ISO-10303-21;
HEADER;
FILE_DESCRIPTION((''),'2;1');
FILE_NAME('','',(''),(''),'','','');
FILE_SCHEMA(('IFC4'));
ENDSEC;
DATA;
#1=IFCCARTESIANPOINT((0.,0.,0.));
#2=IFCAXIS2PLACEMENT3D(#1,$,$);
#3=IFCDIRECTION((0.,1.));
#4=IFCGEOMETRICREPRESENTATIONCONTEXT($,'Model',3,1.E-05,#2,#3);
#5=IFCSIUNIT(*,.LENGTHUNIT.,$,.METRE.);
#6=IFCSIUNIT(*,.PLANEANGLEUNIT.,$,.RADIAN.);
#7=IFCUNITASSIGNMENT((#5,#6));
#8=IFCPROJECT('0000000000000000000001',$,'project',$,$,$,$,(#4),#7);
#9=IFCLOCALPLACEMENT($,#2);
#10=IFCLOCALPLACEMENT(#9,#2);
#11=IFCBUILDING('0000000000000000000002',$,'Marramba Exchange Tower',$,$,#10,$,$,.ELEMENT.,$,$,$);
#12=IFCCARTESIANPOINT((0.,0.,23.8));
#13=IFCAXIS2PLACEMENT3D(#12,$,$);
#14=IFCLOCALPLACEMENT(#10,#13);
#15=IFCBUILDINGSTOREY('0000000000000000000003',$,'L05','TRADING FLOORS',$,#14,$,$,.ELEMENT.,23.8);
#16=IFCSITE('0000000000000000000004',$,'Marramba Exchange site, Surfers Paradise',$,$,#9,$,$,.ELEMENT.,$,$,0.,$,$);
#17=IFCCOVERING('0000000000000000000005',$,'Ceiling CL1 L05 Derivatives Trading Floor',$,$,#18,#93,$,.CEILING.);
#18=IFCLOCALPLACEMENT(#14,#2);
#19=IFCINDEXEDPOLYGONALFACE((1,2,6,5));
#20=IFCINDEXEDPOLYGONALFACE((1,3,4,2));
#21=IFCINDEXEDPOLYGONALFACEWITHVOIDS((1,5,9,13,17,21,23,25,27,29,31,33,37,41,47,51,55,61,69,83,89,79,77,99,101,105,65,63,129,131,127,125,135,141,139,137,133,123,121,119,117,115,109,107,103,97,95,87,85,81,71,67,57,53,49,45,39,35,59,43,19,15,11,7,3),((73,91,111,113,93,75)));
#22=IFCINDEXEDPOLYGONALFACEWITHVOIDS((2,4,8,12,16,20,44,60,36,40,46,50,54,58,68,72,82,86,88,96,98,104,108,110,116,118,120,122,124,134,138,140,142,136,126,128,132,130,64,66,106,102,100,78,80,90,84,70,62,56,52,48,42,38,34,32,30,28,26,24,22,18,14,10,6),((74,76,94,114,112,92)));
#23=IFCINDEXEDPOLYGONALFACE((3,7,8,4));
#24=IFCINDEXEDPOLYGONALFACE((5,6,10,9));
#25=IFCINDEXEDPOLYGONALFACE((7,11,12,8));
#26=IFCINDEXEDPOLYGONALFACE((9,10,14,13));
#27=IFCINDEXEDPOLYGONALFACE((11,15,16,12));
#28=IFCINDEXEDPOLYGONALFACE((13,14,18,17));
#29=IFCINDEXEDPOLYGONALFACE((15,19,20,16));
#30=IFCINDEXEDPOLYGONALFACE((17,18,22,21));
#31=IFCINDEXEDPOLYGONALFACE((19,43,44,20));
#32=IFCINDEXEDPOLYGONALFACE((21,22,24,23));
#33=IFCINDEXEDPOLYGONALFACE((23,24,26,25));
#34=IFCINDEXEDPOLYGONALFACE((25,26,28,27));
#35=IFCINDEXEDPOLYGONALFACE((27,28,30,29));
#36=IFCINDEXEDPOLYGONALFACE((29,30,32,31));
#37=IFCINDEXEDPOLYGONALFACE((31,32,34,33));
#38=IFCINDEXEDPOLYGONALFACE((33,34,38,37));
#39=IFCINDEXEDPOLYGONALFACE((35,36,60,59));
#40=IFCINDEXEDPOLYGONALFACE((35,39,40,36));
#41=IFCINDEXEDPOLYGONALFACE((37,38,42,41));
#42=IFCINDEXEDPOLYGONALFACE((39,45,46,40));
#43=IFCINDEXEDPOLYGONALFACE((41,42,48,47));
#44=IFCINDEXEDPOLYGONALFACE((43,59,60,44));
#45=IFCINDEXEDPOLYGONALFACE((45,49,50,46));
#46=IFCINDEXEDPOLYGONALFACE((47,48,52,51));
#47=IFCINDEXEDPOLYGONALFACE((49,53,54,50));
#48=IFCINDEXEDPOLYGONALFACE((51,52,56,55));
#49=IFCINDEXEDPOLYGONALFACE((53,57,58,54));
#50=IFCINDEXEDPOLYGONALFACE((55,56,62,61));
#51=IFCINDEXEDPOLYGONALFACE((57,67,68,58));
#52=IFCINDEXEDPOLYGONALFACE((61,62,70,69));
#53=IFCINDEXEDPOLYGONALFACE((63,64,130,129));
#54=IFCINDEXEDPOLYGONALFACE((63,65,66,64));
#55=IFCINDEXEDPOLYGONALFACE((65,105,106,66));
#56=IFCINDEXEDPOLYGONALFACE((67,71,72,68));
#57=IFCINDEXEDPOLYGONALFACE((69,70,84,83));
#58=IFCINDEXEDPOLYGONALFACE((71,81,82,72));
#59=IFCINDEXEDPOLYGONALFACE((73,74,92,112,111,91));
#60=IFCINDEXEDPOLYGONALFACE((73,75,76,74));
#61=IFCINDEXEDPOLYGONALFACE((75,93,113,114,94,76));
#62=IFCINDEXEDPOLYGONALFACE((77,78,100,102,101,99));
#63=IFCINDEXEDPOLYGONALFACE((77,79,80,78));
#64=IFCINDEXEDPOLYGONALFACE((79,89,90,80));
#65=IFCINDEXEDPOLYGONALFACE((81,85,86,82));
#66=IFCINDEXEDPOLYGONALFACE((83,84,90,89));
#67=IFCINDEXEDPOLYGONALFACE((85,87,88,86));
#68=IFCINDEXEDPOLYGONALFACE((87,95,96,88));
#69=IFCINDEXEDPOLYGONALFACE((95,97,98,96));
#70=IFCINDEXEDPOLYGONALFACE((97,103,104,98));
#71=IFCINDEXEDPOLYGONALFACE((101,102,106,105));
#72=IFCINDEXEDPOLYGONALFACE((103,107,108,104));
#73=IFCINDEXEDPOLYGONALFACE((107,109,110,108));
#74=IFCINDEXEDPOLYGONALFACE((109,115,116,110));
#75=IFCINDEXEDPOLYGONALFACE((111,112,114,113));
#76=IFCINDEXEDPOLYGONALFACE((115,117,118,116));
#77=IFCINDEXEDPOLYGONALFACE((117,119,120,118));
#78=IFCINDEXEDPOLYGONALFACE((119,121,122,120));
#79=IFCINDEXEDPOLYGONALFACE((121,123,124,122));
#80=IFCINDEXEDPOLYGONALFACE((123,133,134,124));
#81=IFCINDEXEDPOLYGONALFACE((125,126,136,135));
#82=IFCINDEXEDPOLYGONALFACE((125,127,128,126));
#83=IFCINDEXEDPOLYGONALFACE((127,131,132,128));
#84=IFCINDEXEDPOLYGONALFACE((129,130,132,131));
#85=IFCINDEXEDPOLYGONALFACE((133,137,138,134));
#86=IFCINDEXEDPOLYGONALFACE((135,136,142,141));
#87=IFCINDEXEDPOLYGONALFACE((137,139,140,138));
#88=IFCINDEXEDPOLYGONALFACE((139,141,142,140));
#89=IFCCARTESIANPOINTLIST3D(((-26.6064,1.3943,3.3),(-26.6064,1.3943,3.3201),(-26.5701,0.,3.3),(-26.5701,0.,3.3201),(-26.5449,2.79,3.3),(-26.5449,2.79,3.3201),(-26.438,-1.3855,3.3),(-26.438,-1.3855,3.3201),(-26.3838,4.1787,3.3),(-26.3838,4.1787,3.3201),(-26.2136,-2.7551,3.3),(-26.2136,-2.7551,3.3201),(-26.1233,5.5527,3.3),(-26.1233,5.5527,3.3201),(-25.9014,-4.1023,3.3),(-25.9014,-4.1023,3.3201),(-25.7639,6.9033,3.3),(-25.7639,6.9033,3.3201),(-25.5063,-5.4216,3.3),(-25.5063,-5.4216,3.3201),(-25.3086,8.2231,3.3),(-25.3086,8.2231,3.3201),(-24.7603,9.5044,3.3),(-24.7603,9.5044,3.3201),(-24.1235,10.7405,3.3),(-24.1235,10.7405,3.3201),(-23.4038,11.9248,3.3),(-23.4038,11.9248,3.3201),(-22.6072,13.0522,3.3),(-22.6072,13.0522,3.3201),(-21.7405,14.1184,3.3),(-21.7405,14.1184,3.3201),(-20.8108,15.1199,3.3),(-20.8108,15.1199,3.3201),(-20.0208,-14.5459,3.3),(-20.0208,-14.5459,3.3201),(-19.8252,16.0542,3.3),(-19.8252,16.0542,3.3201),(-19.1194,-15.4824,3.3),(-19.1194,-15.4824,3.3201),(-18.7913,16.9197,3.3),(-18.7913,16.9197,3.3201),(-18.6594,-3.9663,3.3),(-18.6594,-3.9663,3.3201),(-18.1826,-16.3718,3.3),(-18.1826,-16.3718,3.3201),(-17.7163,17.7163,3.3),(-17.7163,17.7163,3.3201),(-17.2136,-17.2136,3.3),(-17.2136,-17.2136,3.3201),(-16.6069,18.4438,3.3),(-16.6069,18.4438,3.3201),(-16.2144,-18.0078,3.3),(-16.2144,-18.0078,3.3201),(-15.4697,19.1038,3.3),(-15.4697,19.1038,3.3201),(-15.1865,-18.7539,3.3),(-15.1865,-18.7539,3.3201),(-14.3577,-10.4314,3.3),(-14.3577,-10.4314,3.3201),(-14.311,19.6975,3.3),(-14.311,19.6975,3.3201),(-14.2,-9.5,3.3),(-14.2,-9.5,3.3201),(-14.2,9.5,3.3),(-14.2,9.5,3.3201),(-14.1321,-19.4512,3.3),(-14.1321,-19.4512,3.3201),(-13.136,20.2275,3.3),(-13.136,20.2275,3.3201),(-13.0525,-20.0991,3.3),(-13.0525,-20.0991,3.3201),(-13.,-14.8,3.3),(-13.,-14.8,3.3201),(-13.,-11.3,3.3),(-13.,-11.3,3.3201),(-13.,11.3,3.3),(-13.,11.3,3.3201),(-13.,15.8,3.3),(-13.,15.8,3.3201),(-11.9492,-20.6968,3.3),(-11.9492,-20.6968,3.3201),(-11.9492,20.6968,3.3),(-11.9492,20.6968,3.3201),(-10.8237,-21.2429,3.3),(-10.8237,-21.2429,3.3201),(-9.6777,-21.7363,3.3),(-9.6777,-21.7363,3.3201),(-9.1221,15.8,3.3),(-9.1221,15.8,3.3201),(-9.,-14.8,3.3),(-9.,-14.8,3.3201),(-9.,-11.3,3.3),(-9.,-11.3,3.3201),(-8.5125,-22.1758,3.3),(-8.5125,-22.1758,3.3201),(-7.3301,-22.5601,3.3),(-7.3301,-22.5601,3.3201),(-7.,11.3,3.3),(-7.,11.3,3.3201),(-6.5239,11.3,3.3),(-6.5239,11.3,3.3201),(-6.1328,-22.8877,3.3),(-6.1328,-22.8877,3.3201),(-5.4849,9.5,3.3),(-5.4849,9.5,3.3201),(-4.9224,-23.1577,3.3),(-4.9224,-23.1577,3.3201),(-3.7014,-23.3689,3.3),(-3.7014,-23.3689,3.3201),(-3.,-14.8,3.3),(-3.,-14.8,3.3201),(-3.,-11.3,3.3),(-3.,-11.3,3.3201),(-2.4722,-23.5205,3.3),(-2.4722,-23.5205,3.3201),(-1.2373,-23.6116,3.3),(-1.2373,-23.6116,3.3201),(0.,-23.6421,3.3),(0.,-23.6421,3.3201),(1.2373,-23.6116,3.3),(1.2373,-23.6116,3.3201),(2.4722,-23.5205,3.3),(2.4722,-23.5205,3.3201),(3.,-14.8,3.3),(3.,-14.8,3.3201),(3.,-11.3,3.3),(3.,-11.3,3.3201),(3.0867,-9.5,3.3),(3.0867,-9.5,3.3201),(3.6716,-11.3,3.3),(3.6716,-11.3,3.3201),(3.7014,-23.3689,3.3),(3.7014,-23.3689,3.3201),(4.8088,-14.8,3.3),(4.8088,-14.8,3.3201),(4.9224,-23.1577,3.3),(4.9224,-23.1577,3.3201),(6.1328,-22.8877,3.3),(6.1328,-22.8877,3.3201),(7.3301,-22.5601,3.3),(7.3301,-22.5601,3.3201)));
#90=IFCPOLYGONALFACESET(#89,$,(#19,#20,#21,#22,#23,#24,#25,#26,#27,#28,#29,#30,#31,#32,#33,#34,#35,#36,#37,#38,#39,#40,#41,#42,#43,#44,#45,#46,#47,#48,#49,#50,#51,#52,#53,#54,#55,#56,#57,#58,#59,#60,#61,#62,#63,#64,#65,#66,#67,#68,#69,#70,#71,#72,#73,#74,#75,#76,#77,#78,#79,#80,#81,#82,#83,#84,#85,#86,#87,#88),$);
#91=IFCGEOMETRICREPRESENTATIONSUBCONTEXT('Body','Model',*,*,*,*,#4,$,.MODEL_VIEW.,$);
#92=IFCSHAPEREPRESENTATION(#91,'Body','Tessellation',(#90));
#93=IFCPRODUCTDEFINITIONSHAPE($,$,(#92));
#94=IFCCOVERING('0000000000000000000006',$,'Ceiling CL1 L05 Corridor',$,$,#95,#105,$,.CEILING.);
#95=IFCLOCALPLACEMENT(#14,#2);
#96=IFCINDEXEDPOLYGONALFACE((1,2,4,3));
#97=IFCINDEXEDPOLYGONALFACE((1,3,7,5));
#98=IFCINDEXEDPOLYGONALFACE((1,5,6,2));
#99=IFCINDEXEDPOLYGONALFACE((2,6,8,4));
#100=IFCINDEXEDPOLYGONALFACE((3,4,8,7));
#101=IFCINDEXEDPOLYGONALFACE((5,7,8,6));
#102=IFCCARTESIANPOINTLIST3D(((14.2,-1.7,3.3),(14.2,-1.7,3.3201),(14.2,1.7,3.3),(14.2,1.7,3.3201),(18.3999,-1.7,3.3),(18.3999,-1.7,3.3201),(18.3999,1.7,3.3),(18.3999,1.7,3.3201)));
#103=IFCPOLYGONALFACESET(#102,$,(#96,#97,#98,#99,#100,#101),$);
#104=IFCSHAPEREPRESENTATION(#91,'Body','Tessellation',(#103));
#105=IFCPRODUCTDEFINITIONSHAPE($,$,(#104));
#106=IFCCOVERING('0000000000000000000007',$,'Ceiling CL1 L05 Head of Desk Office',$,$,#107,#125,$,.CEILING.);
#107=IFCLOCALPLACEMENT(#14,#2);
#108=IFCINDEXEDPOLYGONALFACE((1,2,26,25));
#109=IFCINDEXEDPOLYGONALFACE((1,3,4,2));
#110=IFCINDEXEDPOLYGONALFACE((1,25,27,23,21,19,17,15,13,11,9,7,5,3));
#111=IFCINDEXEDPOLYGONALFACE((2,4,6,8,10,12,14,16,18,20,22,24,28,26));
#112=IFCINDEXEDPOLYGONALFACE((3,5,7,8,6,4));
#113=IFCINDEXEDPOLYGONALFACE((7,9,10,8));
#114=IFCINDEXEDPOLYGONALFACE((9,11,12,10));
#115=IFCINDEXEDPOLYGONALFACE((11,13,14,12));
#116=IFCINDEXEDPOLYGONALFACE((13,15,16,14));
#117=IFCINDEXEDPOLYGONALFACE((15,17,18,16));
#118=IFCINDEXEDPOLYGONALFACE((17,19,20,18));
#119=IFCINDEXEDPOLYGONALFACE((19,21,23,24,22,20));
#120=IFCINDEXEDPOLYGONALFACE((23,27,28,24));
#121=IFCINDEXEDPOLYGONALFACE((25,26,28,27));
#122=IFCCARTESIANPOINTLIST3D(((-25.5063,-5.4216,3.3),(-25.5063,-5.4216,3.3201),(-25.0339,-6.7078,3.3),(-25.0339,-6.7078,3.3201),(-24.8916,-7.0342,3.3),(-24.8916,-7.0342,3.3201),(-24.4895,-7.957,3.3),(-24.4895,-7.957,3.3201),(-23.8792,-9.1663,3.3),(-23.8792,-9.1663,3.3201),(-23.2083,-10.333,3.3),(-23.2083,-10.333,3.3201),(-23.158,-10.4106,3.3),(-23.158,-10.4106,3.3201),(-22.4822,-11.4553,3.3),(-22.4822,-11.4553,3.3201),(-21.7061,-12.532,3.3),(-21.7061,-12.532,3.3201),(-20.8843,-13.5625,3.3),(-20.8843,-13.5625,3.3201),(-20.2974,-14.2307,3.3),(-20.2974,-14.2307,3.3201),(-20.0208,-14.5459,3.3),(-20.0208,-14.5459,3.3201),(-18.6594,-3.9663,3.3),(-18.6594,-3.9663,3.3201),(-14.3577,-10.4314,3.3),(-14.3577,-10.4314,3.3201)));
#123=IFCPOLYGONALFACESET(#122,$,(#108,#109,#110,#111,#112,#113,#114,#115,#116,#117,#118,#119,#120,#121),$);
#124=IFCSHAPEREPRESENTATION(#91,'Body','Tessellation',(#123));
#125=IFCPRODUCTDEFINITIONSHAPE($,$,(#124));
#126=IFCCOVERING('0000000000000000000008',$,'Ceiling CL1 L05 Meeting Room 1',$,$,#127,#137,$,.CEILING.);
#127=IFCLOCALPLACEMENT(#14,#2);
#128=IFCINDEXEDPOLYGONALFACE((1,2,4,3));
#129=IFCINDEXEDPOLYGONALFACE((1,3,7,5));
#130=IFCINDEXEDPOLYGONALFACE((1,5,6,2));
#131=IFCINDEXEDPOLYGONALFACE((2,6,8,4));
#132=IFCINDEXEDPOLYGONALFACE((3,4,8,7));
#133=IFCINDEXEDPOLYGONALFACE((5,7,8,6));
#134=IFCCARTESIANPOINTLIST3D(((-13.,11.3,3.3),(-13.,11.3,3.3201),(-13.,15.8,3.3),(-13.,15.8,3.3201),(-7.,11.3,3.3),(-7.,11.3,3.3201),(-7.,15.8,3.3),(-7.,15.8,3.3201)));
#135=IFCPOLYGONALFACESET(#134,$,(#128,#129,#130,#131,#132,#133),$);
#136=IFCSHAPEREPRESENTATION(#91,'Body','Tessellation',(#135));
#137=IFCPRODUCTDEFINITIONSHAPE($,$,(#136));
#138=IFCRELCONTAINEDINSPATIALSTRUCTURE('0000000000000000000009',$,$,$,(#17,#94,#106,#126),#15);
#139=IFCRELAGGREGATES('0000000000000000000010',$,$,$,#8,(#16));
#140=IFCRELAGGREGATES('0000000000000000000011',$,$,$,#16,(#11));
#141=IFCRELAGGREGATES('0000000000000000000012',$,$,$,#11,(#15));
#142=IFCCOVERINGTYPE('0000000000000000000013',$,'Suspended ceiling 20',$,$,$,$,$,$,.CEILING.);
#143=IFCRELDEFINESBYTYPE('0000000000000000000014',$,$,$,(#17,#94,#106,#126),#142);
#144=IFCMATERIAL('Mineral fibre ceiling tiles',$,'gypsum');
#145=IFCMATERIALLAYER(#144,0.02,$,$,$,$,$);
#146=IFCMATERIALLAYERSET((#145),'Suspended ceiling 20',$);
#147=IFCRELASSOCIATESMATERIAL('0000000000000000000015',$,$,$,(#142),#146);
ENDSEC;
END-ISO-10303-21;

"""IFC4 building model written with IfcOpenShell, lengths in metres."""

from ifc_helpers import new_model, si_unit, direction, frame, origin, place, context, subcontext, project, spatial, polyline, outline, extrude, material, layer, layer_set, type_object, element, save


model = new_model("IFC4")

# Units and contexts
model_context = context("Model", 3, precision=1e-05, world=origin(), true_north=direction((0.0, 1.0)))
body_context = subcontext(model_context, "Body", "Model", "MODEL_VIEW")
ifc_project = project(units=[si_unit("LENGTHUNIT", "METRE"), si_unit("PLANEANGLEUNIT", "RADIAN")], contexts=[model_context])

# Site, building, storey
site_placement = place(None, origin())
site = spatial("IfcSite", under=ifc_project, at=site_placement, Name="Marramba Exchange site, Surfers Paradise", CompositionType="ELEMENT", RefElevation=0.0)
building_placement = place(site_placement, origin())
building = spatial("IfcBuilding", under=site, at=building_placement, Name="Marramba Exchange Tower", CompositionType="ELEMENT")
storey_placement = place(building_placement, frame((0.0, 0.0, 23.8)))
storey = spatial("IfcBuildingStorey", under=building, at=storey_placement, Name="L05", Description="TRADING FLOORS", CompositionType="ELEMENT", Elevation=23.8)

# Coverings
ifc_material_1 = material(Name="Mineral fibre ceiling tiles", Category="gypsum")
ifc_layer_1 = layer(ifc_material_1, 0.02)
ifc_layer_set_1 = layer_set([ifc_layer_1], Name="Suspended ceiling 20")
covering_type_1 = type_object("IfcCoveringType", Name="Suspended ceiling 20", PredefinedType="CEILING", material=ifc_layer_set_1)
covering_1_placement = place(storey_placement, frame((0.0, 0.0, 3.3)))
element("IfcCovering", 1, at=covering_1_placement, inside=storey, type_object=covering_type_1, Name="Ceiling CL1 L05 Derivatives Trading Floor", PredefinedType="CEILING", context=body_context, shape_type="SweptSolid", body=[
    extrude(outline(polyline([(-14.2, -9.5), (3.0867, -9.5), (3.6716, -11.3), (3.0, -11.3), (3.0, -14.8), (4.8088, -14.8), (7.3301, -22.5601), (6.1328, -22.8877), (4.9224, -23.1577), (3.7014, -23.3689), (2.4722, -23.5205), (1.2373, -23.6116), (0.0, -23.6421), (-1.2373, -23.6116), (-2.4722, -23.5205), (-3.7014, -23.3689), (-4.9224, -23.1577), (-6.1328, -22.8877), (-7.3301, -22.5601), (-8.5125, -22.1758), (-9.6777, -21.7363), (-10.8237, -21.2429), (-11.9492, -20.6968), (-13.0525, -20.0991), (-14.1321, -19.4512), (-15.1865, -18.7539), (-16.2144, -18.0078), (-17.2136, -17.2136), (-18.1826, -16.3718), (-19.1194, -15.4824), (-20.0208, -14.5459), (-14.3577, -10.4314), (-18.6594, -3.9663), (-25.5063, -5.4216), (-25.9014, -4.1023), (-26.2136, -2.7551), (-26.438, -1.3855), (-26.5701, 0.0), (-26.6064, 1.3943), (-26.5449, 2.79), (-26.3838, 4.1787), (-26.1233, 5.5527), (-25.7639, 6.9033), (-25.3086, 8.2231), (-24.7603, 9.5044), (-24.1235, 10.7405), (-23.4038, 11.9248), (-22.6072, 13.0522), (-21.7405, 14.1184), (-20.8108, 15.1199), (-19.8252, 16.0542), (-18.7913, 16.9197), (-17.7163, 17.7163), (-16.6069, 18.4438), (-15.4697, 19.1038), (-14.311, 19.6975), (-13.136, 20.2275), (-11.9492, 20.6968), (-9.1221, 15.8), (-13.0, 15.8), (-13.0, 11.3), (-7.0, 11.3), (-6.5239, 11.3), (-5.4849, 9.5), (-14.2, 9.5), (-14.2, -9.5)]), holes=[polyline([(-13.0, -14.8), (-9.0, -14.8), (-3.0, -14.8), (-3.0, -11.3), (-9.0, -11.3), (-13.0, -11.3), (-13.0, -14.8)])]), origin(), (0.0, 0.0, 1.0), 0.02),
])
covering_2_placement = place(storey_placement, frame((0.0, 0.0, 3.3)))
element("IfcCovering", 2, at=covering_2_placement, inside=storey, type_object=covering_type_1, Name="Ceiling CL1 L05 Corridor", PredefinedType="CEILING", context=body_context, shape_type="SweptSolid", body=[
    extrude(outline(polyline([(14.2, -1.7), (14.2, 1.7), (18.3999, 1.7), (18.3999, -1.7), (14.2, -1.7)])), origin(), (0.0, 0.0, 1.0), 0.02),
])
covering_3_placement = place(storey_placement, frame((0.0, 0.0, 3.3)))
element("IfcCovering", 3, at=covering_3_placement, inside=storey, type_object=covering_type_1, Name="Ceiling CL1 L05 Head of Desk Office", PredefinedType="CEILING", context=body_context, shape_type="SweptSolid", body=[
    extrude(outline(polyline([(-20.2974, -14.2307), (-20.8843, -13.5625), (-21.7061, -12.532), (-22.4822, -11.4553), (-23.158, -10.4106), (-23.2083, -10.333), (-23.8792, -9.1663), (-24.4895, -7.957), (-24.8916, -7.0342), (-25.0339, -6.7078), (-25.5063, -5.4216), (-18.6594, -3.9663), (-14.3577, -10.4314), (-20.0208, -14.5459), (-20.2974, -14.2307)])), origin(), (0.0, 0.0, 1.0), 0.02),
])
covering_4_placement = place(storey_placement, frame((0.0, 0.0, 3.3)))
element("IfcCovering", 4, at=covering_4_placement, inside=storey, type_object=covering_type_1, Name="Ceiling CL1 L05 Meeting Room 1", PredefinedType="CEILING", context=body_context, shape_type="SweptSolid", body=[
    extrude(outline(polyline([(-7.0, 15.8), (-7.0, 11.3), (-13.0, 11.3), (-13.0, 15.8), (-7.0, 15.8)])), origin(), (0.0, 0.0, 1.0), 0.02),
])

save(model, "model.ifc")
